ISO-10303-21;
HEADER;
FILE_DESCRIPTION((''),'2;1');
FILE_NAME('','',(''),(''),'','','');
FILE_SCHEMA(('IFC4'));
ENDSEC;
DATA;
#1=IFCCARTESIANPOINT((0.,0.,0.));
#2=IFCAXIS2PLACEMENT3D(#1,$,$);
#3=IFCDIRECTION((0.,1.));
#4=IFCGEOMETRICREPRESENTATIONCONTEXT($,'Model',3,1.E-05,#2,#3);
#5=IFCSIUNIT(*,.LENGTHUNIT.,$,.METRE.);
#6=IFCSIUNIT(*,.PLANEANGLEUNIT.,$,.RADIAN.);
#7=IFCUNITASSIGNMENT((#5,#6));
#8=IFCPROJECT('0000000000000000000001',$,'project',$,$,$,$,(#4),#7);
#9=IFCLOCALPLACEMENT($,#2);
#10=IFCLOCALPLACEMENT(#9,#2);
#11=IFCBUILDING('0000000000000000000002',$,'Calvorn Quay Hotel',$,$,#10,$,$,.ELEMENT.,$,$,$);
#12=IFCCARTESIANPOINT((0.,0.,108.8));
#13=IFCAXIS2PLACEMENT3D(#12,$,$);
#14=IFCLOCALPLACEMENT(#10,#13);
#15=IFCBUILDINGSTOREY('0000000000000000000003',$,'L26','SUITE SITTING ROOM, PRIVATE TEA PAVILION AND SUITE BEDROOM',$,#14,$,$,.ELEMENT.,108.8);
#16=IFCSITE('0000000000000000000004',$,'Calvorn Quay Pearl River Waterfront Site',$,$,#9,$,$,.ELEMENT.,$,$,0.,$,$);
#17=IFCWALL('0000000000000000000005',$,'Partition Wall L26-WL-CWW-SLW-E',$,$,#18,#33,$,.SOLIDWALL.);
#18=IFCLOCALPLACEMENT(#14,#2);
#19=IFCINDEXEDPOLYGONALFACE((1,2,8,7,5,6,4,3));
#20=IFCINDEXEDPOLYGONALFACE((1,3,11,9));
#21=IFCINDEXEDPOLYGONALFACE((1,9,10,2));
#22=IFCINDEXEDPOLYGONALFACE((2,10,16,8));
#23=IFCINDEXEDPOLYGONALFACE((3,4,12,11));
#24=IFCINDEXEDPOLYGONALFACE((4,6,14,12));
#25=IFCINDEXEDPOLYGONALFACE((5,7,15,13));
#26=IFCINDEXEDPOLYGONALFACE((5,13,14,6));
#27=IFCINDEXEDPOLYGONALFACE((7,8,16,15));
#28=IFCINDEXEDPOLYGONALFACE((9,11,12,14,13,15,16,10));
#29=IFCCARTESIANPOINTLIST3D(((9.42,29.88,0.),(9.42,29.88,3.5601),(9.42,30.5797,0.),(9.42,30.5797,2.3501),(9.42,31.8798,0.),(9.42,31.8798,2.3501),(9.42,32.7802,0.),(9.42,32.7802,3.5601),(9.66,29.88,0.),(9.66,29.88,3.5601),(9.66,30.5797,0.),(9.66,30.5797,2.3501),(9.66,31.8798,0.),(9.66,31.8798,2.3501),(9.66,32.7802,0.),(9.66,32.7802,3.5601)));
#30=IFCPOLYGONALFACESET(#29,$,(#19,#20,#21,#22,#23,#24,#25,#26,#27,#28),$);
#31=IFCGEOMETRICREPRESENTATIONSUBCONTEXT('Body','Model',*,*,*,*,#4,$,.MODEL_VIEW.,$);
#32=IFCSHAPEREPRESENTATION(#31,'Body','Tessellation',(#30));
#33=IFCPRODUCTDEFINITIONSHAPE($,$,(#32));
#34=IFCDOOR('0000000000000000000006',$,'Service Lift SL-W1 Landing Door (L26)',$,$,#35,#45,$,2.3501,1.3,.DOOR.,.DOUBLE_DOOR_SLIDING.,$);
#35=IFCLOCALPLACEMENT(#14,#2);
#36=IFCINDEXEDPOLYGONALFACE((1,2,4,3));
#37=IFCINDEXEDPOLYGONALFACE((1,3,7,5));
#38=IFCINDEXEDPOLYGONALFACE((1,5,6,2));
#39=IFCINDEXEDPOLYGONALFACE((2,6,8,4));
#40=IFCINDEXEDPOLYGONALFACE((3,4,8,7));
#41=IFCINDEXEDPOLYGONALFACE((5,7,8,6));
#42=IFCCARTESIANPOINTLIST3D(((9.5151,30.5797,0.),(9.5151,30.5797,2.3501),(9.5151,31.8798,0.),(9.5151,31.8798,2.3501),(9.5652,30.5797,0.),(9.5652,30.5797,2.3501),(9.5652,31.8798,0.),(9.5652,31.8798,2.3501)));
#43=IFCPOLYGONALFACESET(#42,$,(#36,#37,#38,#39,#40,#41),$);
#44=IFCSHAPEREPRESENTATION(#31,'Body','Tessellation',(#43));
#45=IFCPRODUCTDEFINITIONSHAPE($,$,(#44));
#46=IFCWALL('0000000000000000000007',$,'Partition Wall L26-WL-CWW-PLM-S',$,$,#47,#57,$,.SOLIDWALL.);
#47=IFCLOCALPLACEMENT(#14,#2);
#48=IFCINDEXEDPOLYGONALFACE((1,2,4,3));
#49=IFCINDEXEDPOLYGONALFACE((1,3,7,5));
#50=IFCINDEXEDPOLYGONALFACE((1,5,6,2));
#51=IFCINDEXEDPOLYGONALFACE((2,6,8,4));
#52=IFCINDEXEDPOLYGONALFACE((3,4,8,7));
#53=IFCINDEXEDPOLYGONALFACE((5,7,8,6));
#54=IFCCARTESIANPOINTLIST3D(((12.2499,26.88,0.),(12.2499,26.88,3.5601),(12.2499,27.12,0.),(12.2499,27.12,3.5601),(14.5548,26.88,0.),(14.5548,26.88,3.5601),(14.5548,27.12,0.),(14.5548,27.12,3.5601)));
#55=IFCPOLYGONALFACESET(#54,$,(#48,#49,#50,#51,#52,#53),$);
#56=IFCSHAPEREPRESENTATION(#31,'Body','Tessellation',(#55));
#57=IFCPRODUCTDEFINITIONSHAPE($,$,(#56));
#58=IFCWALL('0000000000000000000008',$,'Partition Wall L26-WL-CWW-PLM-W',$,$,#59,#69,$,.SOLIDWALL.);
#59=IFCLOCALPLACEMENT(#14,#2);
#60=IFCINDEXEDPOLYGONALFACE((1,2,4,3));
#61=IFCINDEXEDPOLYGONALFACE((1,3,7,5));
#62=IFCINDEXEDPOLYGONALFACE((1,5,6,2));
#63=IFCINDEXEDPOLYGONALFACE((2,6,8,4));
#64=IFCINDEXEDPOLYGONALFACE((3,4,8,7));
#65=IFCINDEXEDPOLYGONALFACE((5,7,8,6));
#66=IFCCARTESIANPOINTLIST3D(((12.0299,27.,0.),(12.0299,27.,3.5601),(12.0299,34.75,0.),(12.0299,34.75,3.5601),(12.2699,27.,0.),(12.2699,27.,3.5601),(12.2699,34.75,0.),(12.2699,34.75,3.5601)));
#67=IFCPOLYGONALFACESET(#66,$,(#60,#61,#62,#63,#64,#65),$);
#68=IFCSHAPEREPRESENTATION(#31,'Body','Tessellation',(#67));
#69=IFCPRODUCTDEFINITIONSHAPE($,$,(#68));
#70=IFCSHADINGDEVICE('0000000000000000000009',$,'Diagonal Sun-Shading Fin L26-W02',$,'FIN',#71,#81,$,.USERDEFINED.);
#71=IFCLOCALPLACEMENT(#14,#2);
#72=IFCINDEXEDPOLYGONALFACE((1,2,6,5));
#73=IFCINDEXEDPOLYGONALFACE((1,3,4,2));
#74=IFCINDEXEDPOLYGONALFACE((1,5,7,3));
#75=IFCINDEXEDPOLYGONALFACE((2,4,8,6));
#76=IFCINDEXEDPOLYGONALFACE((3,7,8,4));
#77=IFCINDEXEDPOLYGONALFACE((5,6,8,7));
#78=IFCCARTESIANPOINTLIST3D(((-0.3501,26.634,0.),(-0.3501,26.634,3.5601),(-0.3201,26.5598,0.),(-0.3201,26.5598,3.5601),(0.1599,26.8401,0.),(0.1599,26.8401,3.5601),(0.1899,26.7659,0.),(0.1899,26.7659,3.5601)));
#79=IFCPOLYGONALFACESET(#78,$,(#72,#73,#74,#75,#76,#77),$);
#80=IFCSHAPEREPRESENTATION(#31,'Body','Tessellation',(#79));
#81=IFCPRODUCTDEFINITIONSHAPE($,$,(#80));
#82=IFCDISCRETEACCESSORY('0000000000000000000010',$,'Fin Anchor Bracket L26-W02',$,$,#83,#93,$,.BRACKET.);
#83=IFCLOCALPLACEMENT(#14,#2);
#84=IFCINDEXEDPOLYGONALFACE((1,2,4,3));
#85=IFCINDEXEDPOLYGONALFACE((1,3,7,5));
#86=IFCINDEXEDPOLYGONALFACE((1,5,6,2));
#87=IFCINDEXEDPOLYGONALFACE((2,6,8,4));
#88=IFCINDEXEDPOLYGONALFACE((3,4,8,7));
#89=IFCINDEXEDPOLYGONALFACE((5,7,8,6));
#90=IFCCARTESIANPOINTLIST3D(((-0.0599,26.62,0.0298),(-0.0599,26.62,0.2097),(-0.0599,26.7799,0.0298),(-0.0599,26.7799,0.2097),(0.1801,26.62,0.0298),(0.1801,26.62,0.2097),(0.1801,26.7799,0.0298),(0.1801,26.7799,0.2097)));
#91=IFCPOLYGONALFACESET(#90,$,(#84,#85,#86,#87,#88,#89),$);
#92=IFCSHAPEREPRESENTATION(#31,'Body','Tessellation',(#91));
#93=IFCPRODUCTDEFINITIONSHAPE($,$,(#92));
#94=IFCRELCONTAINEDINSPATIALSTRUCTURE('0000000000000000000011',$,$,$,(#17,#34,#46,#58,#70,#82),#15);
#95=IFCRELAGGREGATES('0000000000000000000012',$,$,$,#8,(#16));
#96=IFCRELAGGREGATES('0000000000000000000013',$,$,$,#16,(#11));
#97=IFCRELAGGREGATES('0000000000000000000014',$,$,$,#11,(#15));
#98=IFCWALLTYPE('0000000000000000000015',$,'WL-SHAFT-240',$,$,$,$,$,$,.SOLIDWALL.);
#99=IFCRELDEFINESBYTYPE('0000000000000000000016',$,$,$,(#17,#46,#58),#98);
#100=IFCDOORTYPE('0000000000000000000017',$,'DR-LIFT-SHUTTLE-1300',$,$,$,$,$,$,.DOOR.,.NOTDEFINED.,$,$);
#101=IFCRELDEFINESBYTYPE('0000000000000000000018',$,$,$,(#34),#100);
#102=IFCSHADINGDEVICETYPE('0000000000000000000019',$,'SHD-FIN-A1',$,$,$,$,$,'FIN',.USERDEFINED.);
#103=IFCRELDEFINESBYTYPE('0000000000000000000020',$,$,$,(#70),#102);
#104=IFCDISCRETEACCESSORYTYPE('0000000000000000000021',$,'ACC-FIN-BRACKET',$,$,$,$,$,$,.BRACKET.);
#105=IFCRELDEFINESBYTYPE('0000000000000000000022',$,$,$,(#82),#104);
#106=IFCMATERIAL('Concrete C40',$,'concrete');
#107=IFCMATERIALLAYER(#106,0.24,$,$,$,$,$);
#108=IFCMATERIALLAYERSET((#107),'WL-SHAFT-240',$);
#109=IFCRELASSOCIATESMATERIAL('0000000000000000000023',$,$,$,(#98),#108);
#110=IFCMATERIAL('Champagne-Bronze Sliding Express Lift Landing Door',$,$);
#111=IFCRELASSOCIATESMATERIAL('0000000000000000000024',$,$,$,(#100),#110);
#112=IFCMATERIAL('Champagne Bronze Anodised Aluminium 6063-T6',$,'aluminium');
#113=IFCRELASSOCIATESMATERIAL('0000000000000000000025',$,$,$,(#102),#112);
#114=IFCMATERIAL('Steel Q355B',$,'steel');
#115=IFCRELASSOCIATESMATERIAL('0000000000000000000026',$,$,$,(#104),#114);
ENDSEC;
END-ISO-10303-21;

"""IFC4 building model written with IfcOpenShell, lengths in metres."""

from ifc_helpers import new_model, si_unit, direction, frame, frame_2d, origin, origin_2d, place, context, subcontext, project, spatial, rectangle, extrude, material, layer, layer_set, type_object, element, fill, save


model = new_model("IFC4")

# Units and contexts
model_context = context("Model", 3, precision=1e-05, world=origin(), true_north=direction((0.0, 1.0)))
body_context = subcontext(model_context, "Body", "Model", "MODEL_VIEW")
ifc_project = project(units=[si_unit("LENGTHUNIT", "METRE"), si_unit("PLANEANGLEUNIT", "RADIAN")], contexts=[model_context])

# Site, building, storey
site_placement = place(None, origin())
site = spatial("IfcSite", under=ifc_project, at=site_placement, Name="Calvorn Quay Pearl River Waterfront Site", CompositionType="ELEMENT", RefElevation=0.0)
building_placement = place(site_placement, origin())
building = spatial("IfcBuilding", under=site, at=building_placement, Name="Calvorn Quay Hotel", CompositionType="ELEMENT")
storey_placement = place(building_placement, frame((0.0, 0.0, 108.8)))
storey = spatial("IfcBuildingStorey", under=building, at=storey_placement, Name="L26", Description="SUITE SITTING ROOM, PRIVATE TEA PAVILION AND SUITE BEDROOM", CompositionType="ELEMENT", Elevation=108.8)

# Shared definitions
ifc_material_1 = material(Name="Concrete C40", Category="concrete")
ifc_layer_1 = layer(ifc_material_1, 0.24)
ifc_layer_set_1 = layer_set([ifc_layer_1], Name="WL-SHAFT-240")
wall_type_1 = type_object("IfcWallType", Name="WL-SHAFT-240", PredefinedType="SOLIDWALL", material=ifc_layer_set_1)

# Shared definitions
ifc_material_2 = material(Name="Champagne-Bronze Sliding Express Lift Landing Door")
door_type_1 = type_object("IfcDoorType", Name="DR-LIFT-SHUTTLE-1300", OperationType="NOTDEFINED", PredefinedType="DOOR", material=ifc_material_2)

# Wall, opening, door
wall_1_placement = place(storey_placement, frame((9.54, 29.8799, 0.0), z_axis=(0.0, 0.0, 1.0), x_axis=(0.0, 1.0, 0.0)))
wall_1 = element("IfcWall", 1, at=wall_1_placement, inside=storey, type_object=wall_type_1, Name="Partition Wall L26-WL-CWW-SLW-E", PredefinedType="SOLIDWALL", context=body_context, shape_type="SweptSolid", body=[
    extrude(rectangle(XDim=2.9001, YDim=0.24, at=frame_2d((1.4502, 0.0))), origin(), (0.0, 0.0, 1.0), 3.5601),
])
opening_1_placement = place(wall_1_placement, frame((0.7, 0.0, 0.0)))
opening_1 = element("IfcOpeningElement", 2, at=opening_1_placement, cuts=wall_1, PredefinedType="OPENING", context=body_context, shape_type="SweptSolid", body=[
    extrude(rectangle(XDim=1.3, YDim=2.3501, at=frame_2d((0.6499, 1.175))), frame((0.0, 0.1299, 0.0), z_axis=(0.0, -1.0, 0.0), x_axis=(1.0, 0.0, 0.0)), (0.0, 0.0, 1.0), 0.26),
])
door_1_placement = place(opening_1_placement, origin())
door_1 = element("IfcDoor", 3, at=door_1_placement, inside=storey, type_object=door_type_1, Name="Service Lift SL-W1 Landing Door (L26)", OperationType="DOUBLE_DOOR_SLIDING", OverallHeight=2.3501, OverallWidth=1.3, PredefinedType="DOOR", context=body_context, shape_type="SweptSolid", body=[
    extrude(rectangle(XDim=1.3, YDim=2.3501, at=frame_2d((0.6499, 1.175))), frame((0.0, 0.0249, 0.0), z_axis=(0.0, -1.0, 0.0), x_axis=(1.0, 0.0, 0.0)), (0.0, 0.0, 1.0), 0.05),
])
fill(opening_1, door_1)

# Walls
wall_2_placement = place(storey_placement, frame((12.25, 27.0, 0.0), z_axis=(0.0, 0.0, 1.0), x_axis=(1.0, 0.0, 0.0)))
element("IfcWall", 4, at=wall_2_placement, inside=storey, type_object=wall_type_1, Name="Partition Wall L26-WL-CWW-PLM-S", PredefinedType="SOLIDWALL", context=body_context, shape_type="SweptSolid", body=[
    extrude(rectangle(XDim=2.3049, YDim=0.24, at=frame_2d((1.1523, 0.0))), origin(), (0.0, 0.0, 1.0), 3.5601),
])
wall_3_placement = place(storey_placement, frame((12.1499, 27.0, 0.0), z_axis=(0.0, 0.0, 1.0), x_axis=(0.0, 1.0, 0.0)))
element("IfcWall", 5, at=wall_3_placement, inside=storey, type_object=wall_type_1, Name="Partition Wall L26-WL-CWW-PLM-W", PredefinedType="SOLIDWALL", context=body_context, shape_type="SweptSolid", body=[
    extrude(rectangle(XDim=7.75, YDim=0.24, at=frame_2d((3.875, 0.0))), origin(), (0.0, 0.0, 1.0), 3.5601),
])

# Shading device
ifc_material_3 = material(Name="Champagne Bronze Anodised Aluminium 6063-T6", Category="aluminium")
shading_device_type = type_object("IfcShadingDeviceType", Name="SHD-FIN-A1", ElementType="FIN", PredefinedType="USERDEFINED", material=ifc_material_3)
shading_device_placement = place(storey_placement, frame((-0.0801, 26.7, 0.0), z_axis=(0.0, 0.0, 1.0), x_axis=(0.927184, 0.374607, 0.0)))
element("IfcShadingDevice", 6, at=shading_device_placement, inside=storey, type_object=shading_device_type, Name="Diagonal Sun-Shading Fin L26-W02", ObjectType="FIN", PredefinedType="USERDEFINED", context=body_context, shape_type="SweptSolid", body=[
    extrude(rectangle(XDim=0.55, YDim=0.0801, at=origin_2d()), origin(), (0.0, 0.0, 1.0), 3.5601),
])

# Discrete accessory
ifc_material_4 = material(Name="Steel Q355B", Category="steel")
discrete_accessory_type = type_object("IfcDiscreteAccessoryType", Name="ACC-FIN-BRACKET", PredefinedType="BRACKET", material=ifc_material_4)
discrete_accessory_placement = place(storey_placement, frame((0.0601, 26.7, 0.0298), z_axis=(0.0, 0.0, 1.0), x_axis=(1.0, 0.0, 0.0)))
element("IfcDiscreteAccessory", 7, at=discrete_accessory_placement, inside=storey, type_object=discrete_accessory_type, Name="Fin Anchor Bracket L26-W02", PredefinedType="BRACKET", context=body_context, shape_type="SweptSolid", body=[
    extrude(rectangle(XDim=0.24, YDim=0.1599, at=origin_2d()), origin(), (0.0, 0.0, 1.0), 0.1799),
])

save(model, "model.ifc")
